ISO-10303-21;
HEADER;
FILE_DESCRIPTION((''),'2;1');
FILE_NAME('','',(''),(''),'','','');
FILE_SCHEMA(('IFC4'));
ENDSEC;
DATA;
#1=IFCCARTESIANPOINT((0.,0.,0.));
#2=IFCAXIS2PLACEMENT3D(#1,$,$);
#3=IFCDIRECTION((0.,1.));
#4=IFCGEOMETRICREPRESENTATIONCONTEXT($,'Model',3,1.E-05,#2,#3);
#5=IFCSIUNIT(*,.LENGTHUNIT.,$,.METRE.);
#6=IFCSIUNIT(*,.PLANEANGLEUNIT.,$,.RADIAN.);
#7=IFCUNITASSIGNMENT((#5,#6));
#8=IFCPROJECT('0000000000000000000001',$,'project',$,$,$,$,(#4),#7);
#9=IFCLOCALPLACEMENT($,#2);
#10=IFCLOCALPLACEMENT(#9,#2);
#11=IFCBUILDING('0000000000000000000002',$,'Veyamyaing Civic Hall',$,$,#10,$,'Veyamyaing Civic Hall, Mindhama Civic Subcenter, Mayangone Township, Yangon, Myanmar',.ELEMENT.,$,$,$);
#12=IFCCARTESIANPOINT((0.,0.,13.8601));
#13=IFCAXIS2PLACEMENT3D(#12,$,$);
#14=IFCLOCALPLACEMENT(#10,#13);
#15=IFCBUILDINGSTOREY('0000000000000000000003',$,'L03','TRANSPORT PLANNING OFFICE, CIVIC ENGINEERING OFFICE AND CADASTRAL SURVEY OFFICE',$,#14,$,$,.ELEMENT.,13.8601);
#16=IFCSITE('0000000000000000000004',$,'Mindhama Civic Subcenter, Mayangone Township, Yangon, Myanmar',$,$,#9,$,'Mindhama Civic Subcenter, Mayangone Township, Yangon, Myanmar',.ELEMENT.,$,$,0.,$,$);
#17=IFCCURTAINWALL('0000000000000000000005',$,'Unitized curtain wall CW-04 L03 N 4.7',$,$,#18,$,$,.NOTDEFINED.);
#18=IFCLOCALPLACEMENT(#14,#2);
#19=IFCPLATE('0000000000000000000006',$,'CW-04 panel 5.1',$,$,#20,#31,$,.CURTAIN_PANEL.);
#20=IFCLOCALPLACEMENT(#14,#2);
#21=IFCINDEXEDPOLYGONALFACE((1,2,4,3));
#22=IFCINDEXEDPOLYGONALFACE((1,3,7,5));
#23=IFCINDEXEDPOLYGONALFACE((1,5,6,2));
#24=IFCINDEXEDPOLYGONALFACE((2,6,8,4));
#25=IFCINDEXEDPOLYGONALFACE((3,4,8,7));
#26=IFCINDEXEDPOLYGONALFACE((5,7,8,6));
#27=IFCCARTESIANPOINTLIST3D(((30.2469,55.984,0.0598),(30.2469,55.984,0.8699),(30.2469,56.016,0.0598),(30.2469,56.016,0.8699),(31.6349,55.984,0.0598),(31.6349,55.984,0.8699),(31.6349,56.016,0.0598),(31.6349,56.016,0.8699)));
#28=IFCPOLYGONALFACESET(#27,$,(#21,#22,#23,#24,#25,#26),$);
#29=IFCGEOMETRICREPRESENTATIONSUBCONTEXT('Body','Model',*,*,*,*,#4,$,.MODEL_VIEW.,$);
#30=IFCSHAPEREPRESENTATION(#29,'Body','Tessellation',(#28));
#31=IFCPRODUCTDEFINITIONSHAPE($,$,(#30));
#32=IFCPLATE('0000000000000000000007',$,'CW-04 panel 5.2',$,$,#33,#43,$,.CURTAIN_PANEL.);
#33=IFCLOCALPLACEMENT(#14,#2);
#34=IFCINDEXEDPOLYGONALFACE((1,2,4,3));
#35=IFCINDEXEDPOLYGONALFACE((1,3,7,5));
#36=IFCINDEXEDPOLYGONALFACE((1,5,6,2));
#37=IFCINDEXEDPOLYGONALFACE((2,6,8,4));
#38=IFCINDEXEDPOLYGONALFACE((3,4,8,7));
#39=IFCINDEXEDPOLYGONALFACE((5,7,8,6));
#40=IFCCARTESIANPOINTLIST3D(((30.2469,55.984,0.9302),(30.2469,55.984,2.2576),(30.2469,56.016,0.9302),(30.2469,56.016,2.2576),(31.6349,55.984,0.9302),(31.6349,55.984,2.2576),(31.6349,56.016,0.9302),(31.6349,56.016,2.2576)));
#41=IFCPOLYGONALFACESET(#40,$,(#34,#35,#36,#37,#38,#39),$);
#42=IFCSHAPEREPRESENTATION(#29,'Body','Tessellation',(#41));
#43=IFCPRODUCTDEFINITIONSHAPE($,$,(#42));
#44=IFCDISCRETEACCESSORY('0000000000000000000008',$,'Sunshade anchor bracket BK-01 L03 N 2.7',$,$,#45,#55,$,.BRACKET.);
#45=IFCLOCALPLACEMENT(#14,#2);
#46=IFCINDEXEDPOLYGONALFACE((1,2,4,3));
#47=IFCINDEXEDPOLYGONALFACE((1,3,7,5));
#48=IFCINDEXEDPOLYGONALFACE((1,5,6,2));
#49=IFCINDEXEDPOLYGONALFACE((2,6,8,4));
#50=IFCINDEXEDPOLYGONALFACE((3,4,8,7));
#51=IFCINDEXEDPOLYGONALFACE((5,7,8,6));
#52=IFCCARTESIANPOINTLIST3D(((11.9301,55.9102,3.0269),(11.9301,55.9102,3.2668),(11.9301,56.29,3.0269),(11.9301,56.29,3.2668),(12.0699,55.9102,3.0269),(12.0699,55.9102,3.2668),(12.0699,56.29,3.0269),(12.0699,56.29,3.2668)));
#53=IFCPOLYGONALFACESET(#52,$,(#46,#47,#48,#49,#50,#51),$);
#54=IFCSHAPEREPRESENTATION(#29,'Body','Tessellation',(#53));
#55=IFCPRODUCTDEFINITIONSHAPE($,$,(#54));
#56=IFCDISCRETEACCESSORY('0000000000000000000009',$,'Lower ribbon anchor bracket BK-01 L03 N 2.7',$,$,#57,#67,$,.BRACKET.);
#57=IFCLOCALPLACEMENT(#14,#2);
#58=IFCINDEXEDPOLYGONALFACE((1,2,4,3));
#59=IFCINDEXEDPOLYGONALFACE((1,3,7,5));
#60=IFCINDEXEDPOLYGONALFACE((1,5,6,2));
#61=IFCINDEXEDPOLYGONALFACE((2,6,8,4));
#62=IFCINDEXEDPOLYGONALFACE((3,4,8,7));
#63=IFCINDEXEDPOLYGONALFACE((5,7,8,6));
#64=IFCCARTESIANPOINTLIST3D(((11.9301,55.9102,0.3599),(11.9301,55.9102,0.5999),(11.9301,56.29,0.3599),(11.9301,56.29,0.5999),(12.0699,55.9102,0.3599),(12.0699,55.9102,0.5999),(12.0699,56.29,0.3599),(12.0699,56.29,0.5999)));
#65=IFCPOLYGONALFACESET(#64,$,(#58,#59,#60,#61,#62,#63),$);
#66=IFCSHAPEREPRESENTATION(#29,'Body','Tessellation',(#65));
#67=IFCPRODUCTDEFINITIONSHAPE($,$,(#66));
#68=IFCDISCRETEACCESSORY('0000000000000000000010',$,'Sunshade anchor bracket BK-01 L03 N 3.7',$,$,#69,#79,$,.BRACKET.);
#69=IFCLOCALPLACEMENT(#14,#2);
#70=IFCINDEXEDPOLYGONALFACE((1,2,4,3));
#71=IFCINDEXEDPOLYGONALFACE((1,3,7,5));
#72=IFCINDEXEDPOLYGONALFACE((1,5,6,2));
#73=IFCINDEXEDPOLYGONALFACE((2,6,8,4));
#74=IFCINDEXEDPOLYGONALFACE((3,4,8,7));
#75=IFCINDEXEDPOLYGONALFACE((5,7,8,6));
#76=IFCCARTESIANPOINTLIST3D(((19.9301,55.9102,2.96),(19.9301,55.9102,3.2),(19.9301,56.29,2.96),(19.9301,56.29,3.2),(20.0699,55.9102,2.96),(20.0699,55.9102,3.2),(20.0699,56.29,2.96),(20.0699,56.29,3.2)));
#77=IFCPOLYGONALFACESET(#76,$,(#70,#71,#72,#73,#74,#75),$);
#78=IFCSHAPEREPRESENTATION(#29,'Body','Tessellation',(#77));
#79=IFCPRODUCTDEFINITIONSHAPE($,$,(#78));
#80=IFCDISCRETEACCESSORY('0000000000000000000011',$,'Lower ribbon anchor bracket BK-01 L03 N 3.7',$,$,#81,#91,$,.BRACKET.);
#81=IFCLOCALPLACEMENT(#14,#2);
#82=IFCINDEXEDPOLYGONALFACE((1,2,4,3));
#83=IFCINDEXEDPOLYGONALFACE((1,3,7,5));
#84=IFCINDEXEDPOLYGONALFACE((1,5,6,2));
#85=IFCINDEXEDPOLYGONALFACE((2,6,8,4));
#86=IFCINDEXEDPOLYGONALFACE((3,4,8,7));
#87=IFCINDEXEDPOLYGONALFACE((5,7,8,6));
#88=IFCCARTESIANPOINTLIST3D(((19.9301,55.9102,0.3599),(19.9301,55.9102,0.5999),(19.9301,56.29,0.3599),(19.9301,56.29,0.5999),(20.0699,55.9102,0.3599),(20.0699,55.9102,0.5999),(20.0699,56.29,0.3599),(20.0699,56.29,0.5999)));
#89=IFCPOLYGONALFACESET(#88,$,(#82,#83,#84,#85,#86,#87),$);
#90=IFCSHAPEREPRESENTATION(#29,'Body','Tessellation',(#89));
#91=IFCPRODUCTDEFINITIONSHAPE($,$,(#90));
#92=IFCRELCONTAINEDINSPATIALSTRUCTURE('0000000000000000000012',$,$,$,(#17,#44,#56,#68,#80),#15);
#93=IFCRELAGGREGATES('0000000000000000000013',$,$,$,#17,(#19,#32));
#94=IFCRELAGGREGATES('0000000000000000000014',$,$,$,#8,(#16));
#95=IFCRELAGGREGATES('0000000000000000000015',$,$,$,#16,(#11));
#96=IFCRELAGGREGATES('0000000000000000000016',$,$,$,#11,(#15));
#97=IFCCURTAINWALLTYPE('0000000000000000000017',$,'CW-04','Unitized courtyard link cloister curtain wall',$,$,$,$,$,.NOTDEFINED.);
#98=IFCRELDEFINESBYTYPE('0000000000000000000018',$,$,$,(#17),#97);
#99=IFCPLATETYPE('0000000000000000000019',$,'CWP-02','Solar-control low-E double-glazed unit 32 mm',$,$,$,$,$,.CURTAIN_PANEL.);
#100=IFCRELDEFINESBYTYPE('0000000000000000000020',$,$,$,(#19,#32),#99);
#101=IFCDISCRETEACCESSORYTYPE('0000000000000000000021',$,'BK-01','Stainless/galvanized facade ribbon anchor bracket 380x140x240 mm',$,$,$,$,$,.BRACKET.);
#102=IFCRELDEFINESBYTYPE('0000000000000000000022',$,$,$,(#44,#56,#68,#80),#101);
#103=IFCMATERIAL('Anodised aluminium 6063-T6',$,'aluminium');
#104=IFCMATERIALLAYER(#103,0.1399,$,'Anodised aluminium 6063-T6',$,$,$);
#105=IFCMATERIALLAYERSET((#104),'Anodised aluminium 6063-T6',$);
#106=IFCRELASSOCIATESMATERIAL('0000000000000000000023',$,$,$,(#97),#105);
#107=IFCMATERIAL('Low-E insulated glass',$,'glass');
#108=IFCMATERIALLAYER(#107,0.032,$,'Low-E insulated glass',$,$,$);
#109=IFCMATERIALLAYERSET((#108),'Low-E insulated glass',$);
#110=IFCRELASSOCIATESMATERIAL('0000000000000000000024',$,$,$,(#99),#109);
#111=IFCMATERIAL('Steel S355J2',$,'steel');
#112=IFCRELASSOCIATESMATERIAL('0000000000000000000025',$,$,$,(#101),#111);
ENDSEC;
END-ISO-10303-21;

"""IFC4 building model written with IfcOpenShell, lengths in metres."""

from ifc_helpers import new_model, si_unit, direction, frame, origin, origin_2d, place, context, subcontext, project, spatial, rectangle, extrude, material, layer, layer_set, type_object, element, aggregate, save


model = new_model("IFC4")

# Units and contexts
model_context = context("Model", 3, precision=1e-05, world=origin(), true_north=direction((0.0, 1.0)))
body_context = subcontext(model_context, "Body", "Model", "MODEL_VIEW")
ifc_project = project(units=[si_unit("LENGTHUNIT", "METRE"), si_unit("PLANEANGLEUNIT", "RADIAN")], contexts=[model_context])

# Site, building, storey
site_placement = place(None, origin())
site = spatial("IfcSite", under=ifc_project, at=site_placement, Name="Mindhama Civic Subcenter, Mayangone Township, Yangon, Myanmar", LongName="Mindhama Civic Subcenter, Mayangone Township, Yangon, Myanmar", CompositionType="ELEMENT", RefElevation=0.0)
building_placement = place(site_placement, origin())
building = spatial("IfcBuilding", under=site, at=building_placement, Name="Veyamyaing Civic Hall", LongName="Veyamyaing Civic Hall, Mindhama Civic Subcenter, Mayangone Township, Yangon, Myanmar", CompositionType="ELEMENT")
storey_placement = place(building_placement, frame((0.0, 0.0, 13.8601)))
storey = spatial("IfcBuildingStorey", under=building, at=storey_placement, Name="L03", Description="TRANSPORT PLANNING OFFICE, CIVIC ENGINEERING OFFICE AND CADASTRAL SURVEY OFFICE", CompositionType="ELEMENT", Elevation=13.8601)

# Curtain wall, plates
ifc_material_1 = material(Name="Anodised aluminium 6063-T6", Category="aluminium")
ifc_layer_1 = layer(ifc_material_1, 0.1399, Name="Anodised aluminium 6063-T6")
ifc_layer_set_1 = layer_set([ifc_layer_1], Name="Anodised aluminium 6063-T6")
curtain_wall_type = type_object("IfcCurtainWallType", Name="CW-04", Description="Unitized courtyard link cloister curtain wall", PredefinedType="NOTDEFINED", material=ifc_layer_set_1)
curtain_wall_placement = place(storey_placement, origin())
curtain_wall = element("IfcCurtainWall", 1, at=curtain_wall_placement, inside=storey, type_object=curtain_wall_type, Name="Unitized curtain wall CW-04 L03 N 4.7", PredefinedType="NOTDEFINED")
ifc_material_2 = material(Name="Low-E insulated glass", Category="glass")
ifc_layer_2 = layer(ifc_material_2, 0.032, Name="Low-E insulated glass")
ifc_layer_set_2 = layer_set([ifc_layer_2], Name="Low-E insulated glass")
plate_type = type_object("IfcPlateType", Name="CWP-02", Description="Solar-control low-E double-glazed unit 32 mm", PredefinedType="CURTAIN_PANEL", material=ifc_layer_set_2)
plate_1_placement = place(storey_placement, frame((30.9409, 56.0, 0.0598), z_axis=(0.0, 0.0, 1.0), x_axis=(1.0, 0.0, 0.0)))
plate_1 = element("IfcPlate", 2, at=plate_1_placement, type_object=plate_type, Name="CW-04 panel 5.1", PredefinedType="CURTAIN_PANEL", context=body_context, shape_type="SweptSolid", body=[
    extrude(rectangle(XDim=1.3879, YDim=0.032, at=origin_2d()), origin(), (0.0, 0.0, 1.0), 0.8101),
])
plate_2_placement = place(storey_placement, frame((30.9409, 56.0, 0.9302), z_axis=(0.0, 0.0, 1.0), x_axis=(1.0, 0.0, 0.0)))
plate_2 = element("IfcPlate", 3, at=plate_2_placement, type_object=plate_type, Name="CW-04 panel 5.2", PredefinedType="CURTAIN_PANEL", context=body_context, shape_type="SweptSolid", body=[
    extrude(rectangle(XDim=1.3879, YDim=0.032, at=origin_2d()), origin(), (0.0, 0.0, 1.0), 1.3274),
])
aggregate(curtain_wall, [plate_1, plate_2])

# Discrete accessories
ifc_material_3 = material(Name="Steel S355J2", Category="steel")
discrete_accessory_type = type_object("IfcDiscreteAccessoryType", Name="BK-01", Description="Stainless/galvanized facade ribbon anchor bracket 380x140x240 mm", PredefinedType="BRACKET", material=ifc_material_3)
for number, where, z_axis, x_axis, name in (
    (4, (12.0, 56.1001, 3.0269), (0.0, 0.0, 1.0), (0.0, 1.0, 0.0), "Sunshade anchor bracket BK-01 L03 N 2.7"),
    (5, (12.0, 56.1001, 0.3599), (0.0, 0.0, 1.0), (0.0, 1.0, 0.0), "Lower ribbon anchor bracket BK-01 L03 N 2.7"),
    (6, (20.0, 56.1001, 2.96), (0.0, 0.0, 1.0), (0.0, 1.0, 0.0), "Sunshade anchor bracket BK-01 L03 N 3.7"),
    (7, (20.0, 56.1001, 0.3599), (0.0, 0.0, 1.0), (0.0, 1.0, 0.0), "Lower ribbon anchor bracket BK-01 L03 N 3.7"),
):
    element("IfcDiscreteAccessory", number, at=place(storey_placement, frame(where, z_axis=z_axis, x_axis=x_axis)), inside=storey, type_object=discrete_accessory_type, Name=name, PredefinedType="BRACKET", context=body_context, shape_type="SweptSolid", body=[
        extrude(rectangle(XDim=0.3799, YDim=0.1399, at=origin_2d()), origin(), (0.0, 0.0, 1.0), 0.24),
    ])

save(model, "model.ifc")
